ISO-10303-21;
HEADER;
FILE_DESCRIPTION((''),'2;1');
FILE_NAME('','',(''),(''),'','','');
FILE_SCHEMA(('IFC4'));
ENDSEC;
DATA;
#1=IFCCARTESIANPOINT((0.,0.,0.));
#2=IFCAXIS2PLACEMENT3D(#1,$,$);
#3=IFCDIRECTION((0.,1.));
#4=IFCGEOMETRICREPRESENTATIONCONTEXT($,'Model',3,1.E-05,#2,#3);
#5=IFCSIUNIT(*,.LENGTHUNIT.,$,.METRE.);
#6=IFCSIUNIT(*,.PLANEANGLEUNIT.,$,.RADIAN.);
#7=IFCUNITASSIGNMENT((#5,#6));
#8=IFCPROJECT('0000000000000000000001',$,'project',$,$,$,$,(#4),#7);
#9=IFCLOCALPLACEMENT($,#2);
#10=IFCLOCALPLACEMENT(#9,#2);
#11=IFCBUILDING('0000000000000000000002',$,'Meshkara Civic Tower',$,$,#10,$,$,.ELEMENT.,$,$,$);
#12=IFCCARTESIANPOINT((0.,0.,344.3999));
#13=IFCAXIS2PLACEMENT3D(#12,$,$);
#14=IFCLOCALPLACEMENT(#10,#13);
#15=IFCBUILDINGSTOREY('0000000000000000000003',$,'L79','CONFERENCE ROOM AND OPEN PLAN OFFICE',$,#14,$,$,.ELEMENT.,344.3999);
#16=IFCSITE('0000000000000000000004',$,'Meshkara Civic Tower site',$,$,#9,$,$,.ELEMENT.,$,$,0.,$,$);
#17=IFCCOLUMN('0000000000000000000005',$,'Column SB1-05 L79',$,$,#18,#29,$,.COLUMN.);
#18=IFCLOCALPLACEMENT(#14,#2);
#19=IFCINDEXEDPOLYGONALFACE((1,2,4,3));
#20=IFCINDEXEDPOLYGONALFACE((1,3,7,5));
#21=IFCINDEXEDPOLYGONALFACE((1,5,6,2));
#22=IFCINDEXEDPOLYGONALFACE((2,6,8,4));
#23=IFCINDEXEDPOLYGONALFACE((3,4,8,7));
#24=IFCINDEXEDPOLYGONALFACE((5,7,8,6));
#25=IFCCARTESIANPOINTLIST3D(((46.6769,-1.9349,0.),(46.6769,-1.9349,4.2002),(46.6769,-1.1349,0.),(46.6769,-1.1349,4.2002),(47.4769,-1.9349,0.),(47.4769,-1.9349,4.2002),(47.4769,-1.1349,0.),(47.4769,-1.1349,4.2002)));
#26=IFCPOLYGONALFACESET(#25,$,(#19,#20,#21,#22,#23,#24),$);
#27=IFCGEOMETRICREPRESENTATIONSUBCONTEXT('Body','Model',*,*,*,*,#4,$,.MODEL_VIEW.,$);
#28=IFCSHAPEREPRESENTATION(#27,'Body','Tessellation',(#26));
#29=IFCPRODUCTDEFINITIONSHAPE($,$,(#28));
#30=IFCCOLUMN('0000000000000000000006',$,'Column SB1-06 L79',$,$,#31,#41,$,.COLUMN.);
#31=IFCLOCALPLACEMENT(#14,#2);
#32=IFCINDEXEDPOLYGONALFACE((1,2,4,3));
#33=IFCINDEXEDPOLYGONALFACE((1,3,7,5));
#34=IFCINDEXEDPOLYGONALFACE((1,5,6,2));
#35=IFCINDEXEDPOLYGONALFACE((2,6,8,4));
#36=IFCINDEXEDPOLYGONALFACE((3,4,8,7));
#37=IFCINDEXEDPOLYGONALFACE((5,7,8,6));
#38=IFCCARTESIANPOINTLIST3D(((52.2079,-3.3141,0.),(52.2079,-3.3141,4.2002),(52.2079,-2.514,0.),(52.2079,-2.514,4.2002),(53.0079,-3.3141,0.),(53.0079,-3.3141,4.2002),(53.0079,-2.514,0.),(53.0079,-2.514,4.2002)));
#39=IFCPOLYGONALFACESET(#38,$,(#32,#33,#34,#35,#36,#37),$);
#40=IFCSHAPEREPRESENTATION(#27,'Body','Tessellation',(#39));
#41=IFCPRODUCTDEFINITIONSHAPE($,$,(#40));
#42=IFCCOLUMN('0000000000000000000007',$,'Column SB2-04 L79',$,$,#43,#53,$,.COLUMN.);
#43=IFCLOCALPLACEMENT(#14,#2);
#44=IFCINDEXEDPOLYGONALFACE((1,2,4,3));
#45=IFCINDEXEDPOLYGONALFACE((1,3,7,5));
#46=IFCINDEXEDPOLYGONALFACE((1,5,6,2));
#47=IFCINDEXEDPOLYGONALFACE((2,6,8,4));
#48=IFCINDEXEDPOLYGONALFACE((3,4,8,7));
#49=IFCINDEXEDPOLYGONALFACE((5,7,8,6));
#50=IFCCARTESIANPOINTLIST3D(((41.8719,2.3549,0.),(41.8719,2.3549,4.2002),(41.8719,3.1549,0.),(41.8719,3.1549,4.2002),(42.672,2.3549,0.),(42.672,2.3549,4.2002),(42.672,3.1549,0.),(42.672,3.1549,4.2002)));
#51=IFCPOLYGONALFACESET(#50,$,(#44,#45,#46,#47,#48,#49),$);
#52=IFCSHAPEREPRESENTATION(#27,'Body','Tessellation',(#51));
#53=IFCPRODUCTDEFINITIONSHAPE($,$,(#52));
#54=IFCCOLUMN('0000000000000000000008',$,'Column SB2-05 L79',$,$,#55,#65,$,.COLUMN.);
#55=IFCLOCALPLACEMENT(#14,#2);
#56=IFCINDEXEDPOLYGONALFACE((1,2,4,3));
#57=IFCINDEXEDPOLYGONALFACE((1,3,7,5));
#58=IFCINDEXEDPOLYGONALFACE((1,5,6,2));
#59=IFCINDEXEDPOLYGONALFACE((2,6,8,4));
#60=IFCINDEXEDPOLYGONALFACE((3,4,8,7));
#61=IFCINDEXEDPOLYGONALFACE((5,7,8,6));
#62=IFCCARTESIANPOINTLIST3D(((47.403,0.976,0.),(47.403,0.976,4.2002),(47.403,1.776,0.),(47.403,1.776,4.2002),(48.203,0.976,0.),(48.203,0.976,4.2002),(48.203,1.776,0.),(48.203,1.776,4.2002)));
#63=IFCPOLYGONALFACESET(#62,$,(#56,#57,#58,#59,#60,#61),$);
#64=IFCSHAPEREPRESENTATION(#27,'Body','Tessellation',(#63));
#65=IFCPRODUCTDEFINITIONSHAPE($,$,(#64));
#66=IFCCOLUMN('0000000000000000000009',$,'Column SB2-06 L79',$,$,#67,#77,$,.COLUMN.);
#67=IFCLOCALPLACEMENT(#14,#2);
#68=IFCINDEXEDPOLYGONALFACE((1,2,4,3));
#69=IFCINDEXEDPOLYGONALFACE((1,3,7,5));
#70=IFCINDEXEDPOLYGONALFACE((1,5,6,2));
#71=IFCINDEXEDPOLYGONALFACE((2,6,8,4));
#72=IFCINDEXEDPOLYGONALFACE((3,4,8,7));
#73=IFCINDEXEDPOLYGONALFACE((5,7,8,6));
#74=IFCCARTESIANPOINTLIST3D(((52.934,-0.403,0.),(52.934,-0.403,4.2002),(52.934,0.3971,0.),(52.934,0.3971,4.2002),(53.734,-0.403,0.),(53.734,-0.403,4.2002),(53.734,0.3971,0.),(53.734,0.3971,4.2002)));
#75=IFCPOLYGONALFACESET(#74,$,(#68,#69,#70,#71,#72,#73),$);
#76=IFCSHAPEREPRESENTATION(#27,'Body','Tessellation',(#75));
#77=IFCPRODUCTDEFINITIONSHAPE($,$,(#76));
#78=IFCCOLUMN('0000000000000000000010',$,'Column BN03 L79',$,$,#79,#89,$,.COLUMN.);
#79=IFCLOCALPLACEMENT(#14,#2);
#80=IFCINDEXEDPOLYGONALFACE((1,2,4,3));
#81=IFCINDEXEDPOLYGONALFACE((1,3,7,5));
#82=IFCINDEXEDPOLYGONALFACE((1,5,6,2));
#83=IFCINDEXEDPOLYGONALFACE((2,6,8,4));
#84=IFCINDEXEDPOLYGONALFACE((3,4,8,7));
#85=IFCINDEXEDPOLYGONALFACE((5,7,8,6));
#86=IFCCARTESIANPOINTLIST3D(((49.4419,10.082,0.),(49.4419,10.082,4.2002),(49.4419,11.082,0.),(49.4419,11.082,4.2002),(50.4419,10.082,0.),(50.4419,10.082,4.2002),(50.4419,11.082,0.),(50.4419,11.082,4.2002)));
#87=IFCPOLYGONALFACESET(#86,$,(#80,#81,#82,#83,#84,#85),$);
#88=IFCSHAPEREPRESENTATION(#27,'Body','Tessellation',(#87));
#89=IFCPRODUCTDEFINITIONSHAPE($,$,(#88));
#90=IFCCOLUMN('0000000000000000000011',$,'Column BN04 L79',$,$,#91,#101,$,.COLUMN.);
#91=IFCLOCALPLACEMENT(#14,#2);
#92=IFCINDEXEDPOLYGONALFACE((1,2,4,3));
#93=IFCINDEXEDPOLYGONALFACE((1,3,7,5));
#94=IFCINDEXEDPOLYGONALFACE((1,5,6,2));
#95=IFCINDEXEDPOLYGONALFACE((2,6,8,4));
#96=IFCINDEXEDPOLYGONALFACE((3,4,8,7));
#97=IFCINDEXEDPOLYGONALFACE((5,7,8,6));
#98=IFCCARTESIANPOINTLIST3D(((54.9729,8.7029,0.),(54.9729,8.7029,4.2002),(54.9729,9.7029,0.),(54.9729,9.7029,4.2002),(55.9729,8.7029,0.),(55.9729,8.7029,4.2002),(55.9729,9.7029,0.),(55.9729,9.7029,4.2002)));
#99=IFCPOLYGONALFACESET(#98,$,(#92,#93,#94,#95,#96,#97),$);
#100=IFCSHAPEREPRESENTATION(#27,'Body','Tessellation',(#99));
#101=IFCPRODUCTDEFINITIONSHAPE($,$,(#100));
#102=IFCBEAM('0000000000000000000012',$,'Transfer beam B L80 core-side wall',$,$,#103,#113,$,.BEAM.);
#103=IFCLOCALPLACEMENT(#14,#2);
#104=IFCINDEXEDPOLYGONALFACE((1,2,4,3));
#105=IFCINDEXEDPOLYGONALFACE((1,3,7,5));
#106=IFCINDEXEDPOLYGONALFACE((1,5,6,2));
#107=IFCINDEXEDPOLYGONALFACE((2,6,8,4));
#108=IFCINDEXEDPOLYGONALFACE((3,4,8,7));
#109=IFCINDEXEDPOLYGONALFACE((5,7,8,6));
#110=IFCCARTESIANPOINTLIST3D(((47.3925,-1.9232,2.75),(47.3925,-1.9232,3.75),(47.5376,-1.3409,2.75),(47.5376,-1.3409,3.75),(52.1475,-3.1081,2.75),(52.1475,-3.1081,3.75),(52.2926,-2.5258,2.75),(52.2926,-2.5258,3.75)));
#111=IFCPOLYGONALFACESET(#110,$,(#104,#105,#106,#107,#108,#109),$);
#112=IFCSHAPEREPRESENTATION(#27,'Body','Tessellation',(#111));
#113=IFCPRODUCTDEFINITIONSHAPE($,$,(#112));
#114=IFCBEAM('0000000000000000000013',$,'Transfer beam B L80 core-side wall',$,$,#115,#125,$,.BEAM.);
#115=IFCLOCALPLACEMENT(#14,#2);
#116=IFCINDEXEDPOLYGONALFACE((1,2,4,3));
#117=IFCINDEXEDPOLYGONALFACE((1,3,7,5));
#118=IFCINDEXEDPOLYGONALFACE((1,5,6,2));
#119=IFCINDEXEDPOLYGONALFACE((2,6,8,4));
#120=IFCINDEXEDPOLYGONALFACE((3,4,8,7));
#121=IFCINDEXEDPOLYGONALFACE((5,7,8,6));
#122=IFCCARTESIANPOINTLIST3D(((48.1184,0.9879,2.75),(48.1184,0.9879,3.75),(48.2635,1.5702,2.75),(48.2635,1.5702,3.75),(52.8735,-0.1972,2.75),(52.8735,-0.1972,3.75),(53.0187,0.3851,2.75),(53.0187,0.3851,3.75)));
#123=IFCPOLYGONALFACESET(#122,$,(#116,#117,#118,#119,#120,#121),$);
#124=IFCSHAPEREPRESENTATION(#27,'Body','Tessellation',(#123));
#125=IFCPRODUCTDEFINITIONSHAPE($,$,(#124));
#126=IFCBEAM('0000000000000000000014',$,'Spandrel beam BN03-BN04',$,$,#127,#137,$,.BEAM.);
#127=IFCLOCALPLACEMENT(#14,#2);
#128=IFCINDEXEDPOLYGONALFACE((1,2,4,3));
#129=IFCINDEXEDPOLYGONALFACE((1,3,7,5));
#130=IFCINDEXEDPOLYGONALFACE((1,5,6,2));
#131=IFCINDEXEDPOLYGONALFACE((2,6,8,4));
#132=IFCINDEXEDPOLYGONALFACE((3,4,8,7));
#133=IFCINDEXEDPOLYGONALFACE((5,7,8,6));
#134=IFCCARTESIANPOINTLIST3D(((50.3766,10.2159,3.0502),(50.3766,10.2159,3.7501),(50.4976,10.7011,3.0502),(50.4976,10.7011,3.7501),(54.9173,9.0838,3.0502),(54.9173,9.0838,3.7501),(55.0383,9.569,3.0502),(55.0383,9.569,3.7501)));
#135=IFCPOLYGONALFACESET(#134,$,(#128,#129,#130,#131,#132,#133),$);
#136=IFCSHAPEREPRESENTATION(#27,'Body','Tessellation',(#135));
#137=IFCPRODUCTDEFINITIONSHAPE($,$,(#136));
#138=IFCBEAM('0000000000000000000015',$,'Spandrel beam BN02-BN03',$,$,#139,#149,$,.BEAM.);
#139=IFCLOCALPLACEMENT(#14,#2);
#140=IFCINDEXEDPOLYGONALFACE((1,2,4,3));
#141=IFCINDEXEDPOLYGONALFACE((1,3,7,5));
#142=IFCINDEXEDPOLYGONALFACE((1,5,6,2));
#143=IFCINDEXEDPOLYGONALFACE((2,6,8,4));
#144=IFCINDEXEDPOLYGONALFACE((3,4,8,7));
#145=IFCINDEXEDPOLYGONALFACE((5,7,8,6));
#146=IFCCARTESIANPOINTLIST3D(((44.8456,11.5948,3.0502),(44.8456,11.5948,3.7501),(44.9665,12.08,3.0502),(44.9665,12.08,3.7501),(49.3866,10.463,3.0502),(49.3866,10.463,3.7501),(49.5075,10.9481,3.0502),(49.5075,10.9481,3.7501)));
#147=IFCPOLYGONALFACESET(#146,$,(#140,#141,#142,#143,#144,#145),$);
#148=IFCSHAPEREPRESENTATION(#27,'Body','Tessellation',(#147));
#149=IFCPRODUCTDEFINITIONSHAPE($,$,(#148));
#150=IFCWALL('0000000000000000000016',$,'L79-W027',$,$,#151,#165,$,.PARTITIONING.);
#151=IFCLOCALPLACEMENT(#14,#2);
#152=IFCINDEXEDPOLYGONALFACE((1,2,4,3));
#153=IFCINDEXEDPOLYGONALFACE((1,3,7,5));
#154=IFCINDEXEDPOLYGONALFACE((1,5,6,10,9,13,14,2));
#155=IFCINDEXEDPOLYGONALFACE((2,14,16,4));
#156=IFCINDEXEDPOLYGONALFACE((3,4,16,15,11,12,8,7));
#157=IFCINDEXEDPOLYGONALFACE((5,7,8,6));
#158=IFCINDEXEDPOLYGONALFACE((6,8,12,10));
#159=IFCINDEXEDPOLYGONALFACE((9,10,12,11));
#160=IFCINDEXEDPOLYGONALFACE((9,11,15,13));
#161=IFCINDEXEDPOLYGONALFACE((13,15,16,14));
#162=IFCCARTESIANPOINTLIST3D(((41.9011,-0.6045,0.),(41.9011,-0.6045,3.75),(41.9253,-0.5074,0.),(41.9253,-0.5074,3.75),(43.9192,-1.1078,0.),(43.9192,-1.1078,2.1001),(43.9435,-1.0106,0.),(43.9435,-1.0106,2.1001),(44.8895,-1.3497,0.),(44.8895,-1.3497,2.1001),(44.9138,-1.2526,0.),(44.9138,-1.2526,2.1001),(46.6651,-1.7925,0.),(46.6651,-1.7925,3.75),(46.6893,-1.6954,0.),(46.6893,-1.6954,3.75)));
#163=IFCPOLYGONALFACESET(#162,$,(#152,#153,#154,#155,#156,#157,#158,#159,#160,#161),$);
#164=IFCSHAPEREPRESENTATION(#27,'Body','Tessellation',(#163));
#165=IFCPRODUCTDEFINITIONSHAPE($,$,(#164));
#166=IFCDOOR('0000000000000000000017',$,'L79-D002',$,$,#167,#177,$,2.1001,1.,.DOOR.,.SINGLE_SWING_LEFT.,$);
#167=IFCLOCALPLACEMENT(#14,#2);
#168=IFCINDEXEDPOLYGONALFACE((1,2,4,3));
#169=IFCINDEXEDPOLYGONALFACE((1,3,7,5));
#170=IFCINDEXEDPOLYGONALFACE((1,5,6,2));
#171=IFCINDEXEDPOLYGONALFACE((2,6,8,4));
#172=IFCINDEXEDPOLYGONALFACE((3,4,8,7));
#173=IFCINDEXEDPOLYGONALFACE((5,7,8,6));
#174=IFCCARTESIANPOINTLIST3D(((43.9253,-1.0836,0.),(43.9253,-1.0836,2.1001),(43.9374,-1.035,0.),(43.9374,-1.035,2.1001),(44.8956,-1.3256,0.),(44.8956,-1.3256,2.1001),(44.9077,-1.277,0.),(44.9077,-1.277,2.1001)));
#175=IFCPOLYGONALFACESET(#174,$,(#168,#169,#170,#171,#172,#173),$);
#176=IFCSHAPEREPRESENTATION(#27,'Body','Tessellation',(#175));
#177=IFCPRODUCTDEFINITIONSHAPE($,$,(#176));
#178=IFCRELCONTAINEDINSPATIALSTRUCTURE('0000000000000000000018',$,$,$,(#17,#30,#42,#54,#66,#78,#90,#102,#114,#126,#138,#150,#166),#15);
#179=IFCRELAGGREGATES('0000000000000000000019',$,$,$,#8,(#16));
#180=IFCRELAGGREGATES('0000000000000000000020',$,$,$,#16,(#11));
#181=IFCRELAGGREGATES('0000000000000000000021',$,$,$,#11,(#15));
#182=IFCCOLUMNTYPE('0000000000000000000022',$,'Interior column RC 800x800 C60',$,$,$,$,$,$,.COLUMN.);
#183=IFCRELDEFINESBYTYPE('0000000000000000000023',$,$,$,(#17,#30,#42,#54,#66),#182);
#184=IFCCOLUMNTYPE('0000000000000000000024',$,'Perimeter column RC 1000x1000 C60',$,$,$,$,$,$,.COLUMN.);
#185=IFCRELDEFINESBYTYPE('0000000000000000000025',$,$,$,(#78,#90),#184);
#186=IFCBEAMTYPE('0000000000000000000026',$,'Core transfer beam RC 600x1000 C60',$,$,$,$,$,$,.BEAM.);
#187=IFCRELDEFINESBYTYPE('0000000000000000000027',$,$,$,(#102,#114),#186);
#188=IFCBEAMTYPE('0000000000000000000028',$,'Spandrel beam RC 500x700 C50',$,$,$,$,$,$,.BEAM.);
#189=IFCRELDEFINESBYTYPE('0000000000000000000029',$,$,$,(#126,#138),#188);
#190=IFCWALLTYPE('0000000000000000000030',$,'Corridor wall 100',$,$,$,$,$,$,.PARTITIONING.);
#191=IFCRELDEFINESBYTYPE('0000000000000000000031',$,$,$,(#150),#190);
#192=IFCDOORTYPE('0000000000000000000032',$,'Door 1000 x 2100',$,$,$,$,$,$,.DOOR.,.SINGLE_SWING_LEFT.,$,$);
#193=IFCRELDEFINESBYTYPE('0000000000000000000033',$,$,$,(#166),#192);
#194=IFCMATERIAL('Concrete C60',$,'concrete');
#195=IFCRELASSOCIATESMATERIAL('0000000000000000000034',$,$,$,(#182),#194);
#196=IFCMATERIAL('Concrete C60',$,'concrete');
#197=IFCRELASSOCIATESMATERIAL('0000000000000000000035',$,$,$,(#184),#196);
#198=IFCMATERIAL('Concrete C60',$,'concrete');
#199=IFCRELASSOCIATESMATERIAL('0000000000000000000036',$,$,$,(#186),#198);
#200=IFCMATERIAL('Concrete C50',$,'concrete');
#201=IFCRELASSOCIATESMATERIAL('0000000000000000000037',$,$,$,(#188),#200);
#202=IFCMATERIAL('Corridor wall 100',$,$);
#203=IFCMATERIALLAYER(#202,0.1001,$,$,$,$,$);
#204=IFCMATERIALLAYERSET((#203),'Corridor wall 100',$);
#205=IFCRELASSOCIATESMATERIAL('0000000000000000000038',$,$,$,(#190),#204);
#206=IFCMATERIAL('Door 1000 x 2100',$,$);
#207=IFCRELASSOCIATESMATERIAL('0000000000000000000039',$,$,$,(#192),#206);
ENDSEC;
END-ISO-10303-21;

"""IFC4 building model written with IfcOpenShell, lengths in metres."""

from ifc_helpers import new_model, si_unit, direction, frame, frame_2d, origin, origin_2d, place, context, subcontext, project, spatial, rectangle, extrude, material, layer, layer_set, material_profile, profile_set, type_object, element, fill, save


model = new_model("IFC4")

# Units and contexts
model_context = context("Model", 3, precision=1e-05, world=origin(), true_north=direction((0.0, 1.0)))
body_context = subcontext(model_context, "Body", "Model", "MODEL_VIEW")
ifc_project = project(units=[si_unit("LENGTHUNIT", "METRE"), si_unit("PLANEANGLEUNIT", "RADIAN")], contexts=[model_context])

# Site, building, storey
site_placement = place(None, origin())
site = spatial("IfcSite", under=ifc_project, at=site_placement, Name="Meshkara Civic Tower site", CompositionType="ELEMENT", RefElevation=0.0)
building_placement = place(site_placement, origin())
building = spatial("IfcBuilding", under=site, at=building_placement, Name="Meshkara Civic Tower", CompositionType="ELEMENT")
storey_placement = place(building_placement, frame((0.0, 0.0, 344.3999)))
storey = spatial("IfcBuildingStorey", under=building, at=storey_placement, Name="L79", Description="CONFERENCE ROOM AND OPEN PLAN OFFICE", CompositionType="ELEMENT", Elevation=344.3999)

# Columns
ifc_material_1 = material(Name="Concrete C60", Category="concrete")
ifc_material_profile_1 = material_profile(ifc_material_1, rectangle(XDim=0.8, YDim=0.8, at=origin_2d()))
ifc_profile_set_1 = profile_set([ifc_material_profile_1], Name="Concrete C60")
column_type_1 = type_object("IfcColumnType", Name="Interior column RC 800x800 C60", PredefinedType="COLUMN", material=ifc_profile_set_1)
for number, where, z_axis, x_axis, name in (
    (1, (47.0769, -1.5349, 0.0), (0.0, 0.0, 1.0), (1.0, 0.0, 0.0), "Column SB1-05 L79"),
    (2, (52.6079, -2.9141, 0.0), (0.0, 0.0, 1.0), (1.0, 0.0, 0.0), "Column SB1-06 L79"),
    (3, (42.272, 2.7549, 0.0), (0.0, 0.0, 1.0), (1.0, 0.0, 0.0), "Column SB2-04 L79"),
    (4, (47.803, 1.376, 0.0), (0.0, 0.0, 1.0), (1.0, 0.0, 0.0), "Column SB2-05 L79"),
    (5, (53.334, -0.0029, 0.0), (0.0, 0.0, 1.0), (1.0, 0.0, 0.0), "Column SB2-06 L79"),
):
    element("IfcColumn", number, at=place(storey_placement, frame(where, z_axis=z_axis, x_axis=x_axis)), inside=storey, type_object=column_type_1, Name=name, PredefinedType="COLUMN", context=body_context, shape_type="SweptSolid", body=[
        extrude(rectangle(XDim=0.8, YDim=0.8, at=origin_2d()), origin(), (0.0, 0.0, 1.0), 4.2002),
    ])
ifc_material_2 = material(Name="Concrete C60", Category="concrete")
ifc_material_profile_2 = material_profile(ifc_material_2, rectangle(XDim=1.0, YDim=1.0, at=origin_2d()))
ifc_profile_set_2 = profile_set([ifc_material_profile_2], Name="Concrete C60")
column_type_2 = type_object("IfcColumnType", Name="Perimeter column RC 1000x1000 C60", PredefinedType="COLUMN", material=ifc_profile_set_2)
for number, where, z_axis, x_axis, name in (
    (6, (49.9419, 10.582, 0.0), (0.0, 0.0, 1.0), (1.0, 0.0, 0.0), "Column BN03 L79"),
    (7, (55.4729, 9.2029, 0.0), (0.0, 0.0, 1.0), (1.0, 0.0, 0.0), "Column BN04 L79"),
):
    element("IfcColumn", number, at=place(storey_placement, frame(where, z_axis=z_axis, x_axis=x_axis)), inside=storey, type_object=column_type_2, Name=name, PredefinedType="COLUMN", context=body_context, shape_type="SweptSolid", body=[
        extrude(rectangle(XDim=1.0, YDim=1.0, at=origin_2d()), origin(), (0.0, 0.0, 1.0), 4.2002),
    ])

# Beams
ifc_material_3 = material(Name="Concrete C60", Category="concrete")
ifc_material_profile_3 = material_profile(ifc_material_3, rectangle(XDim=0.6001, YDim=1.0, at=origin_2d()))
ifc_profile_set_3 = profile_set([ifc_material_profile_3], Name="Concrete C60")
beam_type_1 = type_object("IfcBeamType", Name="Core transfer beam RC 600x1000 C60", PredefinedType="BEAM", material=ifc_profile_set_3)
beam_1_placement = place(storey_placement, frame((47.4651, -1.6321, 3.25), z_axis=(0.97033, -0.241785, 0.0), x_axis=(0.241785, 0.97033, 0.0)))
element("IfcBeam", 8, at=beam_1_placement, inside=storey, type_object=beam_type_1, Name="Transfer beam B L80 core-side wall", PredefinedType="BEAM", context=body_context, shape_type="SweptSolid", body=[
    extrude(rectangle(XDim=0.6001, YDim=1.0, at=origin_2d()), origin(), (0.0, 0.0, 1.0), 4.9004),
])
beam_2_placement = place(storey_placement, frame((48.1909, 1.2791, 3.25), z_axis=(0.970321, -0.241821, 0.0), x_axis=(0.241821, 0.970321, 0.0)))
element("IfcBeam", 9, at=beam_2_placement, inside=storey, type_object=beam_type_1, Name="Transfer beam B L80 core-side wall", PredefinedType="BEAM", context=body_context, shape_type="SweptSolid", body=[
    extrude(rectangle(XDim=0.6001, YDim=1.0, at=origin_2d()), origin(), (0.0, 0.0, 1.0), 4.9006),
])
ifc_material_4 = material(Name="Concrete C50", Category="concrete")
ifc_material_profile_4 = material_profile(ifc_material_4, rectangle(XDim=0.5, YDim=0.7, at=origin_2d()))
ifc_profile_set_4 = profile_set([ifc_material_profile_4], Name="Concrete C50")
beam_type_2 = type_object("IfcBeamType", Name="Spandrel beam RC 500x700 C50", PredefinedType="BEAM", material=ifc_profile_set_4)
beam_3_placement = place(storey_placement, frame((54.9778, 9.3264, 3.4001), z_axis=(-0.970299, 0.24191, 0.0), x_axis=(-0.24191, -0.970299, 0.0)))
element("IfcBeam", 10, at=beam_3_placement, inside=storey, type_object=beam_type_2, Name="Spandrel beam BN03-BN04", PredefinedType="BEAM", context=body_context, shape_type="SweptSolid", body=[
    extrude(rectangle(XDim=0.5, YDim=0.7, at=origin_2d()), origin(), (0.0, 0.0, 1.0), 4.6797),
])
beam_4_placement = place(storey_placement, frame((49.447, 10.7056, 3.4001), z_axis=(-0.970314, 0.241848, 0.0), x_axis=(-0.241848, -0.970314, 0.0)))
element("IfcBeam", 11, at=beam_4_placement, inside=storey, type_object=beam_type_2, Name="Spandrel beam BN02-BN03", PredefinedType="BEAM", context=body_context, shape_type="SweptSolid", body=[
    extrude(rectangle(XDim=0.5, YDim=0.7, at=origin_2d()), origin(), (0.0, 0.0, 1.0), 4.6799),
])

# Wall, opening, door
ifc_material_5 = material(Name="Corridor wall 100")
ifc_layer_1 = layer(ifc_material_5, 0.1001)
ifc_layer_set_1 = layer_set([ifc_layer_1], Name="Corridor wall 100")
wall_type_1 = type_object("IfcWallType", Name="Corridor wall 100", PredefinedType="PARTITIONING", material=ifc_layer_set_1)
wall_1_placement = place(storey_placement, frame((41.9131, -0.5559, 0.0), z_axis=(0.0, 0.0, 1.0), x_axis=(0.970286, -0.241962, 0.0)))
wall_1 = element("IfcWall", 12, at=wall_1_placement, inside=storey, type_object=wall_type_1, Name="L79-W027", PredefinedType="PARTITIONING", context=body_context, shape_type="SweptSolid", body=[
    extrude(rectangle(XDim=4.9099, YDim=0.1001, at=frame_2d((2.4551, 0.0))), origin(), (0.0, 0.0, 1.0), 3.75),
])
opening_1_placement = place(wall_1_placement, frame((2.0801, 0.0, 0.0)))
opening_1 = element("IfcOpeningElement", 13, at=opening_1_placement, cuts=wall_1, PredefinedType="OPENING", context=body_context, shape_type="SweptSolid", body=[
    extrude(rectangle(XDim=1.0, YDim=2.1001, at=frame_2d((0.5, 1.05))), frame((0.0, 0.0601, 0.0), z_axis=(0.0, -1.0, 0.0), x_axis=(1.0, 0.0, 0.0)), (0.0, 0.0, 1.0), 0.1201),
])
ifc_material_6 = material(Name="Door 1000 x 2100")
door_type_1 = type_object("IfcDoorType", Name="Door 1000 x 2100", OperationType="SINGLE_SWING_LEFT", PredefinedType="DOOR", material=ifc_material_6)
door_1_placement = place(opening_1_placement, origin())
door_1 = element("IfcDoor", 14, at=door_1_placement, inside=storey, type_object=door_type_1, Name="L79-D002", OperationType="SINGLE_SWING_LEFT", OverallHeight=2.1001, OverallWidth=1.0, PredefinedType="DOOR", context=body_context, shape_type="SweptSolid", body=[
    extrude(rectangle(XDim=1.0, YDim=2.1001, at=frame_2d((0.5, 1.05))), frame((0.0, 0.0249, 0.0), z_axis=(0.0, -1.0, 0.0), x_axis=(1.0, 0.0, 0.0)), (0.0, 0.0, 1.0), 0.05),
])
fill(opening_1, door_1)

save(model, "model.ifc")
